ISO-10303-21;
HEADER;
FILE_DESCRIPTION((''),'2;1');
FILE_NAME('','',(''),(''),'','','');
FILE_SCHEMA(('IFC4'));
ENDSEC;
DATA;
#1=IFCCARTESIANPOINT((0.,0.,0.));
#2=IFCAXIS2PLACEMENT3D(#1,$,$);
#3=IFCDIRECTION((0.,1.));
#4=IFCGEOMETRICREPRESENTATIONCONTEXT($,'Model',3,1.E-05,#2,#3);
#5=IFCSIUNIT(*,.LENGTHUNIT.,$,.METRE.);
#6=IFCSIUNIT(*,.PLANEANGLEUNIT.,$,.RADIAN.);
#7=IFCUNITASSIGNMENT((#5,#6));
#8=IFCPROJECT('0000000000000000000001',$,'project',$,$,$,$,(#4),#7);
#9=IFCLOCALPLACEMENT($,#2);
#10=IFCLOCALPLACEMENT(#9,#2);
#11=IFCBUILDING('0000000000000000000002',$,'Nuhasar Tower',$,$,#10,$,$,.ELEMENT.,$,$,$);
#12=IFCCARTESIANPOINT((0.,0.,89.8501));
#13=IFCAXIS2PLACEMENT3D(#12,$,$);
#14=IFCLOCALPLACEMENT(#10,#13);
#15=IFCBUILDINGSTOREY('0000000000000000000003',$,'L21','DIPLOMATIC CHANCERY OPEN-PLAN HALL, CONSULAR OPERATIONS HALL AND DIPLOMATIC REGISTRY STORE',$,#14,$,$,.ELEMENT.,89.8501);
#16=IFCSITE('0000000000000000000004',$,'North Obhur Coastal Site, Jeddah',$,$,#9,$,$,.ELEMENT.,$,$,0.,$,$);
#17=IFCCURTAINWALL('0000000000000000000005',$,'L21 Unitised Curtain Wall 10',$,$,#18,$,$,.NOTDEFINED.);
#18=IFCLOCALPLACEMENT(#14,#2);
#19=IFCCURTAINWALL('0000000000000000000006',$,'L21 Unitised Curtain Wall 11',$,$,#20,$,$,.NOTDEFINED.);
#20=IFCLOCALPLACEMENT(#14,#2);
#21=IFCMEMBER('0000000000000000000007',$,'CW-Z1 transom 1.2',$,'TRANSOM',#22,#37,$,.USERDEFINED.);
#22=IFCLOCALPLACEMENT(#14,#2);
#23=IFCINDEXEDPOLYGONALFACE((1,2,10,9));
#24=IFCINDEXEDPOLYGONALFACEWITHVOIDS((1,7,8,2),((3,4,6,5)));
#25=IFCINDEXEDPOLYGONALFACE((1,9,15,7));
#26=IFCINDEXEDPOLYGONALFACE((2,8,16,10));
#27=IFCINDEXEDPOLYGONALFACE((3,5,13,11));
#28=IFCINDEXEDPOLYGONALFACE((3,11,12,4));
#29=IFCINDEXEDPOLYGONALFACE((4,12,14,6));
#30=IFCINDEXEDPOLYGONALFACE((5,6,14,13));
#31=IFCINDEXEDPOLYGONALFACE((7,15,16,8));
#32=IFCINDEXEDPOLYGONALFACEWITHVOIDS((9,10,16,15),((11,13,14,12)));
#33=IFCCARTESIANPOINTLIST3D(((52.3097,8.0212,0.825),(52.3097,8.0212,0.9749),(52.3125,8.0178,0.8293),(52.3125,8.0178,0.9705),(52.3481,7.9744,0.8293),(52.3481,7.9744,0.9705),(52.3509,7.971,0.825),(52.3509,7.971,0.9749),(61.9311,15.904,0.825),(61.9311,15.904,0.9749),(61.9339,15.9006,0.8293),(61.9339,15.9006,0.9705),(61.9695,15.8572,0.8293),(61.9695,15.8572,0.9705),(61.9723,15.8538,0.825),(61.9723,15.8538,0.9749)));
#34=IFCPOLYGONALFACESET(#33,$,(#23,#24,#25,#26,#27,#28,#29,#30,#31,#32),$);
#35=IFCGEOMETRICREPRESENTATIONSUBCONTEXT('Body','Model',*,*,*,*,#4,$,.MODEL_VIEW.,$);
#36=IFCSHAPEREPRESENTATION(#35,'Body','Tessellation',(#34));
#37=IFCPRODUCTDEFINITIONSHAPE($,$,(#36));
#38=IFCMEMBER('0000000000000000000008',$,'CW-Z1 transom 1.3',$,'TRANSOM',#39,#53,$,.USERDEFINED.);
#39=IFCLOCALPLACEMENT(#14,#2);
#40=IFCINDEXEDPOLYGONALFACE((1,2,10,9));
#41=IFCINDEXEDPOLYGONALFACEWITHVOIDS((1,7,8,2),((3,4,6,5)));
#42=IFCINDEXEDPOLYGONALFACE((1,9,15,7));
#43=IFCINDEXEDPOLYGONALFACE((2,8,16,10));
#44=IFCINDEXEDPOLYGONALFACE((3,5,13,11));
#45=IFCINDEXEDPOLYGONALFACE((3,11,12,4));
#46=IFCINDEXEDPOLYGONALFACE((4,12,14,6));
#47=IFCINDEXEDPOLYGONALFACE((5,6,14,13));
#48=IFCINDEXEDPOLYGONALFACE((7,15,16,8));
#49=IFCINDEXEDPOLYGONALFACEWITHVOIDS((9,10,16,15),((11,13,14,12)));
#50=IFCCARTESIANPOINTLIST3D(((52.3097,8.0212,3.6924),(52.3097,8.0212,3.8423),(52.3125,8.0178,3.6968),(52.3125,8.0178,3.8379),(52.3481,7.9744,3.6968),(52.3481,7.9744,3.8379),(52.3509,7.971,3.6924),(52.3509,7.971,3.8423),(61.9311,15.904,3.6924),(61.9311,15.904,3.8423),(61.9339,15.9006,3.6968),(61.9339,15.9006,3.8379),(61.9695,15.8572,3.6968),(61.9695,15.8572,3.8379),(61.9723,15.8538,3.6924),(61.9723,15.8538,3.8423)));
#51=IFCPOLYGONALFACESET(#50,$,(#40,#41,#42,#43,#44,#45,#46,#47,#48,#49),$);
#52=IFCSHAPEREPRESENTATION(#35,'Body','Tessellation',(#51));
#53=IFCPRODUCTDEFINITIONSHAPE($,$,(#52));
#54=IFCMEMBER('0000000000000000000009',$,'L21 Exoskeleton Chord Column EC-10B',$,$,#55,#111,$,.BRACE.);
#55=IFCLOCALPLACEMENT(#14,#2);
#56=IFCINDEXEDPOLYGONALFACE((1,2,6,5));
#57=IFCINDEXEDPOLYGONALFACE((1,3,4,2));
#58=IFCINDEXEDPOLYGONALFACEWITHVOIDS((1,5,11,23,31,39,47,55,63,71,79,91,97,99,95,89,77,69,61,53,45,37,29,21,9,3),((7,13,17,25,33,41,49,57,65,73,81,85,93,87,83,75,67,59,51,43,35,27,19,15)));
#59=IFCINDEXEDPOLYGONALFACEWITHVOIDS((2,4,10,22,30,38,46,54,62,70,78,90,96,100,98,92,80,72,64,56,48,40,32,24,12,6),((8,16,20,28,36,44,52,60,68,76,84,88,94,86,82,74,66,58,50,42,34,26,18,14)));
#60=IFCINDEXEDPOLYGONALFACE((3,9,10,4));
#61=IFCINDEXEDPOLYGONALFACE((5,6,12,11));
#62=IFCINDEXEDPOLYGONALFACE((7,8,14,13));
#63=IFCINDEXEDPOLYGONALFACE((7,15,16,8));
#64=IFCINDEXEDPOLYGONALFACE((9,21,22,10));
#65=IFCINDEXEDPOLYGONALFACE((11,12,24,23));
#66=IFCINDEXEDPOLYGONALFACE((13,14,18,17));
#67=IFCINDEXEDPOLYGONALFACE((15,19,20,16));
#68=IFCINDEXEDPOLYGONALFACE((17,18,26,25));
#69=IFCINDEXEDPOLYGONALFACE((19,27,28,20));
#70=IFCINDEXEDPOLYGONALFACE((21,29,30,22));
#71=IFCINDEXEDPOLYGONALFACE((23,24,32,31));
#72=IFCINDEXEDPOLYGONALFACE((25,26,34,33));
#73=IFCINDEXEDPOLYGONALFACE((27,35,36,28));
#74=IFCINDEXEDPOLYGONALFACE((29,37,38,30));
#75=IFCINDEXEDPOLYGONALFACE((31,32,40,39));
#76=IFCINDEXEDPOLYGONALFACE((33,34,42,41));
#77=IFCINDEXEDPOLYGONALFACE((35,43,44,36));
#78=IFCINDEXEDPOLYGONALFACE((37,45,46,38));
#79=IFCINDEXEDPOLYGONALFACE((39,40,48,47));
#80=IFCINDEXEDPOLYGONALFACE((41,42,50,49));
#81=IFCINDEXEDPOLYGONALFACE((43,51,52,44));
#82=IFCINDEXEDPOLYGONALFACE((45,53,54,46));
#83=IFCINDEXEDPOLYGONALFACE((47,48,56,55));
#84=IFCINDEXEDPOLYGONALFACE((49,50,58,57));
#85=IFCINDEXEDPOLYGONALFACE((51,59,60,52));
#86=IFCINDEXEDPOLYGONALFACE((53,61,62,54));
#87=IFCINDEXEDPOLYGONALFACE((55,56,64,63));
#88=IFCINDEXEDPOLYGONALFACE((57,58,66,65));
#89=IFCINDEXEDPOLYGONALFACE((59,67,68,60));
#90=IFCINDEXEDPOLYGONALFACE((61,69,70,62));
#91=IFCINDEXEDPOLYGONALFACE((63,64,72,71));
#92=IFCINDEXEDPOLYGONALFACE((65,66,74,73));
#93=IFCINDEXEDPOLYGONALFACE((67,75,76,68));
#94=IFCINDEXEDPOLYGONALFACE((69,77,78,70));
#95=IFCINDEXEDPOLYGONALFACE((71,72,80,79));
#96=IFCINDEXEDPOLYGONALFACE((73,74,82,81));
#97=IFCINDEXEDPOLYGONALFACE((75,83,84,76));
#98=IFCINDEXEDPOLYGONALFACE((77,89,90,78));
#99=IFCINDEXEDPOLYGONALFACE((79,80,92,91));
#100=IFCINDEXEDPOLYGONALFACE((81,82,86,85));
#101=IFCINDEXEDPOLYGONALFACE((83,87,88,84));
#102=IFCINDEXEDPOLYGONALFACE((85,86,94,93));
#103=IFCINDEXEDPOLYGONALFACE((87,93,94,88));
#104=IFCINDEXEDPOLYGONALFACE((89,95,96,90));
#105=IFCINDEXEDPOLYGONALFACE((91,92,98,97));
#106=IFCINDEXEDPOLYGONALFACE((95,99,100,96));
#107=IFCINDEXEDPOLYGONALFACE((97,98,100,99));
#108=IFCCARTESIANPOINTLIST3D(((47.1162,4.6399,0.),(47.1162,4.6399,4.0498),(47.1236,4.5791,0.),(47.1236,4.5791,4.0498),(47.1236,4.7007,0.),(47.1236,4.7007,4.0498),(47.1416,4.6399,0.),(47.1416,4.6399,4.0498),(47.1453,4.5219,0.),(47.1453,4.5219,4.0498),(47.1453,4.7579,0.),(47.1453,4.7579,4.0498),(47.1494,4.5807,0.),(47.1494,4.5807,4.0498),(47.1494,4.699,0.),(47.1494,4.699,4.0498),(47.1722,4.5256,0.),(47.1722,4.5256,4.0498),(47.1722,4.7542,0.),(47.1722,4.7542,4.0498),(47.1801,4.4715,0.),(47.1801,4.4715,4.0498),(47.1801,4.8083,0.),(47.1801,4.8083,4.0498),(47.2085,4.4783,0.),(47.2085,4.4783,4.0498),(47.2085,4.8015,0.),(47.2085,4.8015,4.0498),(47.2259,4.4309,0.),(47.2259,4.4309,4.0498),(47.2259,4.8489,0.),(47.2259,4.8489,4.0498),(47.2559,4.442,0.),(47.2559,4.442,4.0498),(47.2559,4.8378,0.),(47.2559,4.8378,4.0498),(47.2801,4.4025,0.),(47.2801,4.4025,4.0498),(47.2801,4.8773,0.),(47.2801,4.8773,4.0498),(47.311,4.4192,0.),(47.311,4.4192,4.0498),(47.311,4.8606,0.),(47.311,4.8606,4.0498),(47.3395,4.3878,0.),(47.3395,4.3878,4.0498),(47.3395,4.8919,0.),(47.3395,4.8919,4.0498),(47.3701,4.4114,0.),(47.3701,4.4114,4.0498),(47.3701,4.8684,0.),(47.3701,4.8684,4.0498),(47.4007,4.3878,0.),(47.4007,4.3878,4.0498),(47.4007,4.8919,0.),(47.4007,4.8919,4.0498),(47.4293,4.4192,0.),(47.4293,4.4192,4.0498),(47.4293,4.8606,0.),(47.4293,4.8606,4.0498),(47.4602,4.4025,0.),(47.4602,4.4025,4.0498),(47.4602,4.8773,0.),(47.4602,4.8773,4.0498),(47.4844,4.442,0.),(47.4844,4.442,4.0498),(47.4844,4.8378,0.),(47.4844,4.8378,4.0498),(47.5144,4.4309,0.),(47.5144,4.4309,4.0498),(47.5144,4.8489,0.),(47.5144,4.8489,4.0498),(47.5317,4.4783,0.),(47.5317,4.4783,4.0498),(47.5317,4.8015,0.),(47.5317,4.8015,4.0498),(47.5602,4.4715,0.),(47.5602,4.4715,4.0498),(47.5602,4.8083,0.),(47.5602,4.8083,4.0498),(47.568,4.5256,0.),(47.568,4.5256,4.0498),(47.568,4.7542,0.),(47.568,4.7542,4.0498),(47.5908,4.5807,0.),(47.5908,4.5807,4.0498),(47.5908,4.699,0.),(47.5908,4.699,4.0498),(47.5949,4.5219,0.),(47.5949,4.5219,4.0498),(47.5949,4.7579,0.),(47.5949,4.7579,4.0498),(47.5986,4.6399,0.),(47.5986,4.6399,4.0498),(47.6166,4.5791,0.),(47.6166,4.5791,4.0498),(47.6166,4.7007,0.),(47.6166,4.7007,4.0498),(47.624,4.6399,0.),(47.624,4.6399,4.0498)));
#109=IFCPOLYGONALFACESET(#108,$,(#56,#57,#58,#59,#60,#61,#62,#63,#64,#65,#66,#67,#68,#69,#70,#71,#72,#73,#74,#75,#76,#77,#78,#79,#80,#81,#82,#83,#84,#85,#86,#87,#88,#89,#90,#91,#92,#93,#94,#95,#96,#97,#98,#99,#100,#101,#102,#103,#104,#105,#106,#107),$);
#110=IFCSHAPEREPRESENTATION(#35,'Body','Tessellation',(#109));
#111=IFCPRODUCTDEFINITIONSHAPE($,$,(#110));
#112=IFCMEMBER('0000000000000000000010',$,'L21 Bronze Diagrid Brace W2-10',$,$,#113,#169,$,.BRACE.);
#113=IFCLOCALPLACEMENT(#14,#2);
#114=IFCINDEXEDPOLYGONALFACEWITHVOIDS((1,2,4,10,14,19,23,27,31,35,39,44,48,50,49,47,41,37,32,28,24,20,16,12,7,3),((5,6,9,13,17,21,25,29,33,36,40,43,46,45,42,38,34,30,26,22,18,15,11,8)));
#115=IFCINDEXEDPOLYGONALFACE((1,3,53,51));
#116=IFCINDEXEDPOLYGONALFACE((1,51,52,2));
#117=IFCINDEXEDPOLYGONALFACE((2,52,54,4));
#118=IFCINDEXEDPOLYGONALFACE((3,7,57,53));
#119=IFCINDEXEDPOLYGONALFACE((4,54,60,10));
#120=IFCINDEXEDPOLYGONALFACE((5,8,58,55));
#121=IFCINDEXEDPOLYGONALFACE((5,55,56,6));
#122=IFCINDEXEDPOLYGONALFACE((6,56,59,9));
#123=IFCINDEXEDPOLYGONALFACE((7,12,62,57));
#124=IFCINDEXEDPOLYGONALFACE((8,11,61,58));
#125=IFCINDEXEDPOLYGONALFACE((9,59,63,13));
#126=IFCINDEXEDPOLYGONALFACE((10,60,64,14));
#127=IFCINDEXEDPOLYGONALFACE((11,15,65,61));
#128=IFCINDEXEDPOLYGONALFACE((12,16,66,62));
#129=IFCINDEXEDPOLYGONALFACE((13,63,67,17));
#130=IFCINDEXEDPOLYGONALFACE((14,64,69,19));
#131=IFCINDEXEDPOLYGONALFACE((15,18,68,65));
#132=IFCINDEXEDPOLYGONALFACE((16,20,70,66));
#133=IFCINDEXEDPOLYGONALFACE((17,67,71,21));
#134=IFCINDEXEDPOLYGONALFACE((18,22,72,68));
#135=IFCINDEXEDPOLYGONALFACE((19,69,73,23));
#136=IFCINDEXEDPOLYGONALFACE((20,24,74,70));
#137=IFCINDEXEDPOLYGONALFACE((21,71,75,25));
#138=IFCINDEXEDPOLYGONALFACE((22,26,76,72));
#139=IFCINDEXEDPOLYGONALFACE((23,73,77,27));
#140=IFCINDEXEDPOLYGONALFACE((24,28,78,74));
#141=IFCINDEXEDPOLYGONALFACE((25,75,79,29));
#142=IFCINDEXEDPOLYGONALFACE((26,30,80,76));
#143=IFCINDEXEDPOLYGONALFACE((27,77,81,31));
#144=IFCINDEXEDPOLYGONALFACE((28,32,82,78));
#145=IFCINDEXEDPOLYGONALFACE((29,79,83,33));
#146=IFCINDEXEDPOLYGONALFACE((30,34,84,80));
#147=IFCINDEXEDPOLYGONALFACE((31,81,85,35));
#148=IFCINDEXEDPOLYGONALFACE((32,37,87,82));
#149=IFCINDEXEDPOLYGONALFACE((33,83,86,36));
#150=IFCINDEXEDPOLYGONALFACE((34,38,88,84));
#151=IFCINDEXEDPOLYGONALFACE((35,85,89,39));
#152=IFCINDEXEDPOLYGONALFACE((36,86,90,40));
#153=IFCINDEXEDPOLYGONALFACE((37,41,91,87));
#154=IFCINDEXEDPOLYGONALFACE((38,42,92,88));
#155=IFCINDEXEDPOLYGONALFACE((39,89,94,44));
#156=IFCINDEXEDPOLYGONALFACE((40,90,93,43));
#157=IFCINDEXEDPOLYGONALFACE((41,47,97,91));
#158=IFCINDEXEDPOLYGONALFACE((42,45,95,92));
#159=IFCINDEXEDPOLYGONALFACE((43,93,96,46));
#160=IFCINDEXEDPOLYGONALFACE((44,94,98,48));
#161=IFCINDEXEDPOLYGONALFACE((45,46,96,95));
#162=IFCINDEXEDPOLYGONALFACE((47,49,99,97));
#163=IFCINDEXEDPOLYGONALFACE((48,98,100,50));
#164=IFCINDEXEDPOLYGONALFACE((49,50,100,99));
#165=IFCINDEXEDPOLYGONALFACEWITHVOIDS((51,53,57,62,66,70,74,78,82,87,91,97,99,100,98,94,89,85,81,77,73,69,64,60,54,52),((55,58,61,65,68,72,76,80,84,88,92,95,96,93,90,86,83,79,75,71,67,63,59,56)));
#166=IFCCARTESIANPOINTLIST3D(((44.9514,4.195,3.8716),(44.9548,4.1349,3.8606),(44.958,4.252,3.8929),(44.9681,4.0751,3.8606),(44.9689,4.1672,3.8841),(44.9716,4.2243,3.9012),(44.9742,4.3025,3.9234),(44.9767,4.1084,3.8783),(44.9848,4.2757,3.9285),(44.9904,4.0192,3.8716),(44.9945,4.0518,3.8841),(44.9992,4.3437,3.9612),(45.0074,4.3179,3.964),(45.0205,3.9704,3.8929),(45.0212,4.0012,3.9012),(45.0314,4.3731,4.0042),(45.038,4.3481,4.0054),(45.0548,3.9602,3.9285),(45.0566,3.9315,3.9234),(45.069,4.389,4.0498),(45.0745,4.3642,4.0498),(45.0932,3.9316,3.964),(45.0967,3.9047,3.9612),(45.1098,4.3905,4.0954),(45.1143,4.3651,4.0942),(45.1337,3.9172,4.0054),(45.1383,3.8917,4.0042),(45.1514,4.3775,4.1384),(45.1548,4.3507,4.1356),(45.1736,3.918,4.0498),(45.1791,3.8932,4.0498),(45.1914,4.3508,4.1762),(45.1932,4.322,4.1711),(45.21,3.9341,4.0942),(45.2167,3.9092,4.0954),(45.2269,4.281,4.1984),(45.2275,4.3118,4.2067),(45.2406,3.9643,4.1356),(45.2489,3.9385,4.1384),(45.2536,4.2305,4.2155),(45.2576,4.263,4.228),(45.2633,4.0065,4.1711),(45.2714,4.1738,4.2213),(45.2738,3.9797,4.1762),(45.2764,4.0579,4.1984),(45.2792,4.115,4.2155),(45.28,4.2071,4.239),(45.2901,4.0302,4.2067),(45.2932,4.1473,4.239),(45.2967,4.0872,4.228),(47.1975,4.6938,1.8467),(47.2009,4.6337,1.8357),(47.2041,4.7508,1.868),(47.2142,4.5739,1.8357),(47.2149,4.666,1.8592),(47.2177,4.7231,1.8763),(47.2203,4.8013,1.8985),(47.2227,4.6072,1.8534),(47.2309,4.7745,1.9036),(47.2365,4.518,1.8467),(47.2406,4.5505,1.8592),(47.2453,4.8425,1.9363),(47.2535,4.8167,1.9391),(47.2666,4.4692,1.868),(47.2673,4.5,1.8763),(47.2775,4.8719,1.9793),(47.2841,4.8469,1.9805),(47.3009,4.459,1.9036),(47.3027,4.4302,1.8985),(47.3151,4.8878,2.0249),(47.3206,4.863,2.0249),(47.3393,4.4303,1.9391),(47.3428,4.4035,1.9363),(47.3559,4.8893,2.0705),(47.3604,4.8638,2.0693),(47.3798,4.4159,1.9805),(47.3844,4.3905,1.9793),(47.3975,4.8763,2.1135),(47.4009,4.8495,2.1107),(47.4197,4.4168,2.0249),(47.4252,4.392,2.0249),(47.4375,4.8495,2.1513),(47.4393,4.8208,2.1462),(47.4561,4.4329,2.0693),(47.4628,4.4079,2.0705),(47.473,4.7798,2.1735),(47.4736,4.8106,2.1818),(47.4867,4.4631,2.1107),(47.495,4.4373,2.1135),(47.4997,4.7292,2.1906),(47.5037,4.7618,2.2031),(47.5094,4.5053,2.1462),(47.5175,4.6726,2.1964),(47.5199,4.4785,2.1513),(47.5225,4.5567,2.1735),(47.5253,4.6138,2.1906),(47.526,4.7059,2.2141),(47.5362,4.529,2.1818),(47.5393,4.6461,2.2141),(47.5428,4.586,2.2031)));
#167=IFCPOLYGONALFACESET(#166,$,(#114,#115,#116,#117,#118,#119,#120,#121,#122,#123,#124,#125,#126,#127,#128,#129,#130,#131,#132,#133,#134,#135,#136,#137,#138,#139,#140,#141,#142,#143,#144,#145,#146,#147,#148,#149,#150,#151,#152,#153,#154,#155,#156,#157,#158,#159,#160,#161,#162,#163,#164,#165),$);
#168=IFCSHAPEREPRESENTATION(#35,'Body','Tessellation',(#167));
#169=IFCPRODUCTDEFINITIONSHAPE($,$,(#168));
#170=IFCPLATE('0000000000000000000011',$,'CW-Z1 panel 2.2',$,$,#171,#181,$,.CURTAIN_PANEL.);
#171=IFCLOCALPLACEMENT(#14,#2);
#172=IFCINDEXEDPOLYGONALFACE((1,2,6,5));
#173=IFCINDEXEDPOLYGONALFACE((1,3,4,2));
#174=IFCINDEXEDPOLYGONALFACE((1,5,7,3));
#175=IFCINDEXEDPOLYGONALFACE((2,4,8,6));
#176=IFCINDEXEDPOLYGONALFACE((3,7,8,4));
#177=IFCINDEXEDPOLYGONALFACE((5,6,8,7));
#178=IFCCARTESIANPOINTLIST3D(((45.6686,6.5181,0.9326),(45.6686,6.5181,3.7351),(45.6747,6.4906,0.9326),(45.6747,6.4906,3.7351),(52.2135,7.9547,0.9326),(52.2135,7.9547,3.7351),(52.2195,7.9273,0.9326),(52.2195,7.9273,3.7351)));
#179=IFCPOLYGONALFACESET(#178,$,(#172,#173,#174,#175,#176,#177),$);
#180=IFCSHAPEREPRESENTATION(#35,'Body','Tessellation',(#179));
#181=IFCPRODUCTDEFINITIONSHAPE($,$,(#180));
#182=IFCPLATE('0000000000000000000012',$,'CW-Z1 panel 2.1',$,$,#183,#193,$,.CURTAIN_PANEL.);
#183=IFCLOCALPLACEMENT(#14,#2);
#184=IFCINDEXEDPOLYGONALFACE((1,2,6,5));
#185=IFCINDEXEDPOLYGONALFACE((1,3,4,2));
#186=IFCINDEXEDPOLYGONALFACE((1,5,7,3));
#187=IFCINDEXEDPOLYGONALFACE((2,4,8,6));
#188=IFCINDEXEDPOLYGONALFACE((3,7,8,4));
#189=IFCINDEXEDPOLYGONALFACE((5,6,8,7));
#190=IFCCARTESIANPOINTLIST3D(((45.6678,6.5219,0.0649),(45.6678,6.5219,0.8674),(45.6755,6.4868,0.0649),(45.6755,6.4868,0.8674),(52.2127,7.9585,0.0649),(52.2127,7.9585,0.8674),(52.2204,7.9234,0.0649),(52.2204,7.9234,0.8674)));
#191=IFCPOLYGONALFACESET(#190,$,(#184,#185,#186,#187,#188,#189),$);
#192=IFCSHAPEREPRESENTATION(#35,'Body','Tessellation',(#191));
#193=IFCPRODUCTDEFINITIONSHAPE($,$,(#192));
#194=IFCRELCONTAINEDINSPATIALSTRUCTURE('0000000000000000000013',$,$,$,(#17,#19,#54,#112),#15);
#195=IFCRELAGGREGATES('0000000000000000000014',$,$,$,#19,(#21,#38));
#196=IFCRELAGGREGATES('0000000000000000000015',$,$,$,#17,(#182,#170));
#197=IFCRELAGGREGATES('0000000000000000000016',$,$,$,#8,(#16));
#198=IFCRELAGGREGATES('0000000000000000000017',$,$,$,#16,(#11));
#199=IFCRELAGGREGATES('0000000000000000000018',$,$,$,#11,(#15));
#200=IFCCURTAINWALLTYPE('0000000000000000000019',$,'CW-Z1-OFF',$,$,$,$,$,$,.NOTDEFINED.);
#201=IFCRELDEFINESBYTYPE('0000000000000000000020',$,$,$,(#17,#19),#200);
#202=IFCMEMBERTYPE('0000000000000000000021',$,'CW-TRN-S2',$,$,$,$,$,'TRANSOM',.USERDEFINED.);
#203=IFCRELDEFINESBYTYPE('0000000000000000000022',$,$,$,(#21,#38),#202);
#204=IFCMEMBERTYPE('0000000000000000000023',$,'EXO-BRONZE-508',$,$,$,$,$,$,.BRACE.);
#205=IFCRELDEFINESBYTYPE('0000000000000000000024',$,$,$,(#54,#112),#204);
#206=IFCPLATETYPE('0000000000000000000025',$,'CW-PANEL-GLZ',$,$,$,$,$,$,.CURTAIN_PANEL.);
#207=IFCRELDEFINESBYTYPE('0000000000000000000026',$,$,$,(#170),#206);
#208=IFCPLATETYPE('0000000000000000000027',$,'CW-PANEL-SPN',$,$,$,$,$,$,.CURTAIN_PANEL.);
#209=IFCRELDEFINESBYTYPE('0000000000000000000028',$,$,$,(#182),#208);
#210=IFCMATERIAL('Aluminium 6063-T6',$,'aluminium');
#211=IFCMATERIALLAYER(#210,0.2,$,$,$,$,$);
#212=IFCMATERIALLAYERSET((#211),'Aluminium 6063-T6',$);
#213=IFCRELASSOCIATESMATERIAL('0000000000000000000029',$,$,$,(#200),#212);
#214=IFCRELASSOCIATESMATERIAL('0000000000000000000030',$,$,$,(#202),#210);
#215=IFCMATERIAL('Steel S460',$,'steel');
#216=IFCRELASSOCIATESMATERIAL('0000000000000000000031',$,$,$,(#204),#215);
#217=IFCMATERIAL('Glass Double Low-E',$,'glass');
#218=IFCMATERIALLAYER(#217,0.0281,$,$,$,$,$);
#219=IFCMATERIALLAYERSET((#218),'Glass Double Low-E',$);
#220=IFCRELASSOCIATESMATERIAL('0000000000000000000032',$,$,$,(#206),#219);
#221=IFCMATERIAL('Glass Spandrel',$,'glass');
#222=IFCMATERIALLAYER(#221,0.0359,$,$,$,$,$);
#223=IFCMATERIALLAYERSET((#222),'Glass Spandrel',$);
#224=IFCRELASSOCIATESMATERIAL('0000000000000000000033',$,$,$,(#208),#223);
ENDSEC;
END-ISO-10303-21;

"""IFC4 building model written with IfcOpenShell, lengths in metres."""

from ifc_helpers import new_model, si_unit, direction, frame, origin, origin_2d, place, context, subcontext, project, spatial, rectangle, hollow_rectangle, hollow_circle, extrude, material, layer, layer_set, material_profile, profile_set, type_object, element, aggregate, save


model = new_model("IFC4")

# Units and contexts
model_context = context("Model", 3, precision=1e-05, world=origin(), true_north=direction((0.0, 1.0)))
body_context = subcontext(model_context, "Body", "Model", "MODEL_VIEW")
ifc_project = project(units=[si_unit("LENGTHUNIT", "METRE"), si_unit("PLANEANGLEUNIT", "RADIAN")], contexts=[model_context])

# Site, building, storey
site_placement = place(None, origin())
site = spatial("IfcSite", under=ifc_project, at=site_placement, Name="North Obhur Coastal Site, Jeddah", CompositionType="ELEMENT", RefElevation=0.0)
building_placement = place(site_placement, origin())
building = spatial("IfcBuilding", under=site, at=building_placement, Name="Nuhasar Tower", CompositionType="ELEMENT")
storey_placement = place(building_placement, frame((0.0, 0.0, 89.8501)))
storey = spatial("IfcBuildingStorey", under=building, at=storey_placement, Name="L21", Description="DIPLOMATIC CHANCERY OPEN-PLAN HALL, CONSULAR OPERATIONS HALL AND DIPLOMATIC REGISTRY STORE", CompositionType="ELEMENT", Elevation=89.8501)

# Curtain wall
ifc_material_1 = material(Name="Aluminium 6063-T6", Category="aluminium")
ifc_layer_1 = layer(ifc_material_1, 0.2)
ifc_layer_set_1 = layer_set([ifc_layer_1], Name="Aluminium 6063-T6")
curtain_wall_type = type_object("IfcCurtainWallType", Name="CW-Z1-OFF", PredefinedType="NOTDEFINED", material=ifc_layer_set_1)
curtain_wall_1_placement = place(storey_placement, origin())
curtain_wall_1 = element("IfcCurtainWall", 1, at=curtain_wall_1_placement, inside=storey, type_object=curtain_wall_type, Name="L21 Unitised Curtain Wall 10", PredefinedType="NOTDEFINED")

# Curtain wall, members
curtain_wall_2_placement = place(storey_placement, origin())
curtain_wall_2 = element("IfcCurtainWall", 2, at=curtain_wall_2_placement, inside=storey, type_object=curtain_wall_type, Name="L21 Unitised Curtain Wall 11", PredefinedType="NOTDEFINED")
ifc_material_profile_1 = material_profile(ifc_material_1, hollow_rectangle(XDim=0.0649, YDim=0.1499, WallThickness=0.0044, at=origin_2d()), Name="CWT-2")
ifc_profile_set_1 = profile_set([ifc_material_profile_1], Name="Aluminium 6063-T6")
member_type_1 = type_object("IfcMemberType", Name="CW-TRN-S2", ElementType="TRANSOM", PredefinedType="USERDEFINED", material=ifc_profile_set_1)
member_1_placement = place(storey_placement, frame((52.3303, 7.9961, 0.8999), z_axis=(0.773531, 0.633758, 0.0), x_axis=(-0.633758, 0.773531, 0.0)))
member_1 = element("IfcMember", 3, at=member_1_placement, type_object=member_type_1, Name="CW-Z1 transom 1.2", ObjectType="TRANSOM", PredefinedType="USERDEFINED", context=body_context, shape_type="SweptSolid", body=[
    extrude(hollow_rectangle(XDim=0.0649, YDim=0.1499, WallThickness=0.0044, at=origin_2d()), origin(), (0.0, 0.0, 1.0), 12.4382),
])
member_2_placement = place(storey_placement, frame((52.3303, 7.9961, 3.7673), z_axis=(0.773531, 0.633758, 0.0), x_axis=(-0.633758, 0.773531, 0.0)))
member_2 = element("IfcMember", 4, at=member_2_placement, type_object=member_type_1, Name="CW-Z1 transom 1.3", ObjectType="TRANSOM", PredefinedType="USERDEFINED", context=body_context, shape_type="SweptSolid", body=[
    extrude(hollow_rectangle(XDim=0.0649, YDim=0.1499, WallThickness=0.0044, at=origin_2d()), origin(), (0.0, 0.0, 1.0), 12.4382),
])
aggregate(curtain_wall_2, [member_1, member_2])

# Members
ifc_material_2 = material(Name="Steel S460", Category="steel")
ifc_material_profile_2 = material_profile(ifc_material_2, hollow_circle(Radius=0.2539, WallThickness=0.0254, at=origin_2d()), Name="HSS508X25.4")
ifc_profile_set_2 = profile_set([ifc_material_profile_2], Name="Steel S460")
member_type_2 = type_object("IfcMemberType", Name="EXO-BRONZE-508", PredefinedType="BRACE", material=ifc_profile_set_2)
member_3_placement = place(storey_placement, frame((47.3701, 4.6399, 0.0), z_axis=(0.0, 0.0, 1.0), x_axis=(1.0, 0.0, 0.0)))
element("IfcMember", 5, at=member_3_placement, inside=storey, type_object=member_type_2, Name="L21 Exoskeleton Chord Column EC-10B", PredefinedType="BRACE", context=body_context, shape_type="SweptSolid", body=[
    extrude(hollow_circle(Radius=0.2539, WallThickness=0.0254, at=origin_2d()), origin(), (0.0, 0.0, 1.0), 4.0498),
])
member_4_placement = place(storey_placement, frame((47.3701, 4.6399, 2.0249), z_axis=(-0.732831, -0.162736, 0.660663), x_axis=(0.216784, -0.97622, 0.0)))
element("IfcMember", 6, at=member_4_placement, inside=storey, type_object=member_type_2, Name="L21 Bronze Diagrid Brace W2-10", PredefinedType="BRACE", context=body_context, shape_type="SweptSolid", body=[
    extrude(hollow_circle(Radius=0.2539, WallThickness=0.0254, at=origin_2d()), origin(), (0.0, 0.0, 1.0), 3.0649),
])

# Plates
ifc_material_3 = material(Name="Glass Double Low-E", Category="glass")
ifc_layer_2 = layer(ifc_material_3, 0.0281)
ifc_layer_set_2 = layer_set([ifc_layer_2], Name="Glass Double Low-E")
plate_type_1 = type_object("IfcPlateType", Name="CW-PANEL-GLZ", PredefinedType="CURTAIN_PANEL", material=ifc_layer_set_2)
plate_1_placement = place(storey_placement, frame((48.9441, 7.2227, 0.9326), z_axis=(0.0, 0.0, 1.0), x_axis=(0.976746, 0.214399, 0.0)))
plate_1 = element("IfcPlate", 7, at=plate_1_placement, type_object=plate_type_1, Name="CW-Z1 panel 2.2", PredefinedType="CURTAIN_PANEL", context=body_context, shape_type="SweptSolid", body=[
    extrude(rectangle(XDim=6.7007, YDim=0.0281, at=origin_2d()), origin(), (0.0, 0.0, 1.0), 2.8025),
])
ifc_material_4 = material(Name="Glass Spandrel", Category="glass")
ifc_layer_3 = layer(ifc_material_4, 0.0359)
ifc_layer_set_3 = layer_set([ifc_layer_3], Name="Glass Spandrel")
plate_type_2 = type_object("IfcPlateType", Name="CW-PANEL-SPN", PredefinedType="CURTAIN_PANEL", material=ifc_layer_set_3)
plate_2_placement = place(storey_placement, frame((48.9441, 7.2227, 0.0649), z_axis=(0.0, 0.0, 1.0), x_axis=(0.976746, 0.214399, 0.0)))
plate_2 = element("IfcPlate", 8, at=plate_2_placement, type_object=plate_type_2, Name="CW-Z1 panel 2.1", PredefinedType="CURTAIN_PANEL", context=body_context, shape_type="SweptSolid", body=[
    extrude(rectangle(XDim=6.7007, YDim=0.0359, at=origin_2d()), origin(), (0.0, 0.0, 1.0), 0.8025),
])
aggregate(curtain_wall_1, [plate_2, plate_1])

save(model, "model.ifc")
